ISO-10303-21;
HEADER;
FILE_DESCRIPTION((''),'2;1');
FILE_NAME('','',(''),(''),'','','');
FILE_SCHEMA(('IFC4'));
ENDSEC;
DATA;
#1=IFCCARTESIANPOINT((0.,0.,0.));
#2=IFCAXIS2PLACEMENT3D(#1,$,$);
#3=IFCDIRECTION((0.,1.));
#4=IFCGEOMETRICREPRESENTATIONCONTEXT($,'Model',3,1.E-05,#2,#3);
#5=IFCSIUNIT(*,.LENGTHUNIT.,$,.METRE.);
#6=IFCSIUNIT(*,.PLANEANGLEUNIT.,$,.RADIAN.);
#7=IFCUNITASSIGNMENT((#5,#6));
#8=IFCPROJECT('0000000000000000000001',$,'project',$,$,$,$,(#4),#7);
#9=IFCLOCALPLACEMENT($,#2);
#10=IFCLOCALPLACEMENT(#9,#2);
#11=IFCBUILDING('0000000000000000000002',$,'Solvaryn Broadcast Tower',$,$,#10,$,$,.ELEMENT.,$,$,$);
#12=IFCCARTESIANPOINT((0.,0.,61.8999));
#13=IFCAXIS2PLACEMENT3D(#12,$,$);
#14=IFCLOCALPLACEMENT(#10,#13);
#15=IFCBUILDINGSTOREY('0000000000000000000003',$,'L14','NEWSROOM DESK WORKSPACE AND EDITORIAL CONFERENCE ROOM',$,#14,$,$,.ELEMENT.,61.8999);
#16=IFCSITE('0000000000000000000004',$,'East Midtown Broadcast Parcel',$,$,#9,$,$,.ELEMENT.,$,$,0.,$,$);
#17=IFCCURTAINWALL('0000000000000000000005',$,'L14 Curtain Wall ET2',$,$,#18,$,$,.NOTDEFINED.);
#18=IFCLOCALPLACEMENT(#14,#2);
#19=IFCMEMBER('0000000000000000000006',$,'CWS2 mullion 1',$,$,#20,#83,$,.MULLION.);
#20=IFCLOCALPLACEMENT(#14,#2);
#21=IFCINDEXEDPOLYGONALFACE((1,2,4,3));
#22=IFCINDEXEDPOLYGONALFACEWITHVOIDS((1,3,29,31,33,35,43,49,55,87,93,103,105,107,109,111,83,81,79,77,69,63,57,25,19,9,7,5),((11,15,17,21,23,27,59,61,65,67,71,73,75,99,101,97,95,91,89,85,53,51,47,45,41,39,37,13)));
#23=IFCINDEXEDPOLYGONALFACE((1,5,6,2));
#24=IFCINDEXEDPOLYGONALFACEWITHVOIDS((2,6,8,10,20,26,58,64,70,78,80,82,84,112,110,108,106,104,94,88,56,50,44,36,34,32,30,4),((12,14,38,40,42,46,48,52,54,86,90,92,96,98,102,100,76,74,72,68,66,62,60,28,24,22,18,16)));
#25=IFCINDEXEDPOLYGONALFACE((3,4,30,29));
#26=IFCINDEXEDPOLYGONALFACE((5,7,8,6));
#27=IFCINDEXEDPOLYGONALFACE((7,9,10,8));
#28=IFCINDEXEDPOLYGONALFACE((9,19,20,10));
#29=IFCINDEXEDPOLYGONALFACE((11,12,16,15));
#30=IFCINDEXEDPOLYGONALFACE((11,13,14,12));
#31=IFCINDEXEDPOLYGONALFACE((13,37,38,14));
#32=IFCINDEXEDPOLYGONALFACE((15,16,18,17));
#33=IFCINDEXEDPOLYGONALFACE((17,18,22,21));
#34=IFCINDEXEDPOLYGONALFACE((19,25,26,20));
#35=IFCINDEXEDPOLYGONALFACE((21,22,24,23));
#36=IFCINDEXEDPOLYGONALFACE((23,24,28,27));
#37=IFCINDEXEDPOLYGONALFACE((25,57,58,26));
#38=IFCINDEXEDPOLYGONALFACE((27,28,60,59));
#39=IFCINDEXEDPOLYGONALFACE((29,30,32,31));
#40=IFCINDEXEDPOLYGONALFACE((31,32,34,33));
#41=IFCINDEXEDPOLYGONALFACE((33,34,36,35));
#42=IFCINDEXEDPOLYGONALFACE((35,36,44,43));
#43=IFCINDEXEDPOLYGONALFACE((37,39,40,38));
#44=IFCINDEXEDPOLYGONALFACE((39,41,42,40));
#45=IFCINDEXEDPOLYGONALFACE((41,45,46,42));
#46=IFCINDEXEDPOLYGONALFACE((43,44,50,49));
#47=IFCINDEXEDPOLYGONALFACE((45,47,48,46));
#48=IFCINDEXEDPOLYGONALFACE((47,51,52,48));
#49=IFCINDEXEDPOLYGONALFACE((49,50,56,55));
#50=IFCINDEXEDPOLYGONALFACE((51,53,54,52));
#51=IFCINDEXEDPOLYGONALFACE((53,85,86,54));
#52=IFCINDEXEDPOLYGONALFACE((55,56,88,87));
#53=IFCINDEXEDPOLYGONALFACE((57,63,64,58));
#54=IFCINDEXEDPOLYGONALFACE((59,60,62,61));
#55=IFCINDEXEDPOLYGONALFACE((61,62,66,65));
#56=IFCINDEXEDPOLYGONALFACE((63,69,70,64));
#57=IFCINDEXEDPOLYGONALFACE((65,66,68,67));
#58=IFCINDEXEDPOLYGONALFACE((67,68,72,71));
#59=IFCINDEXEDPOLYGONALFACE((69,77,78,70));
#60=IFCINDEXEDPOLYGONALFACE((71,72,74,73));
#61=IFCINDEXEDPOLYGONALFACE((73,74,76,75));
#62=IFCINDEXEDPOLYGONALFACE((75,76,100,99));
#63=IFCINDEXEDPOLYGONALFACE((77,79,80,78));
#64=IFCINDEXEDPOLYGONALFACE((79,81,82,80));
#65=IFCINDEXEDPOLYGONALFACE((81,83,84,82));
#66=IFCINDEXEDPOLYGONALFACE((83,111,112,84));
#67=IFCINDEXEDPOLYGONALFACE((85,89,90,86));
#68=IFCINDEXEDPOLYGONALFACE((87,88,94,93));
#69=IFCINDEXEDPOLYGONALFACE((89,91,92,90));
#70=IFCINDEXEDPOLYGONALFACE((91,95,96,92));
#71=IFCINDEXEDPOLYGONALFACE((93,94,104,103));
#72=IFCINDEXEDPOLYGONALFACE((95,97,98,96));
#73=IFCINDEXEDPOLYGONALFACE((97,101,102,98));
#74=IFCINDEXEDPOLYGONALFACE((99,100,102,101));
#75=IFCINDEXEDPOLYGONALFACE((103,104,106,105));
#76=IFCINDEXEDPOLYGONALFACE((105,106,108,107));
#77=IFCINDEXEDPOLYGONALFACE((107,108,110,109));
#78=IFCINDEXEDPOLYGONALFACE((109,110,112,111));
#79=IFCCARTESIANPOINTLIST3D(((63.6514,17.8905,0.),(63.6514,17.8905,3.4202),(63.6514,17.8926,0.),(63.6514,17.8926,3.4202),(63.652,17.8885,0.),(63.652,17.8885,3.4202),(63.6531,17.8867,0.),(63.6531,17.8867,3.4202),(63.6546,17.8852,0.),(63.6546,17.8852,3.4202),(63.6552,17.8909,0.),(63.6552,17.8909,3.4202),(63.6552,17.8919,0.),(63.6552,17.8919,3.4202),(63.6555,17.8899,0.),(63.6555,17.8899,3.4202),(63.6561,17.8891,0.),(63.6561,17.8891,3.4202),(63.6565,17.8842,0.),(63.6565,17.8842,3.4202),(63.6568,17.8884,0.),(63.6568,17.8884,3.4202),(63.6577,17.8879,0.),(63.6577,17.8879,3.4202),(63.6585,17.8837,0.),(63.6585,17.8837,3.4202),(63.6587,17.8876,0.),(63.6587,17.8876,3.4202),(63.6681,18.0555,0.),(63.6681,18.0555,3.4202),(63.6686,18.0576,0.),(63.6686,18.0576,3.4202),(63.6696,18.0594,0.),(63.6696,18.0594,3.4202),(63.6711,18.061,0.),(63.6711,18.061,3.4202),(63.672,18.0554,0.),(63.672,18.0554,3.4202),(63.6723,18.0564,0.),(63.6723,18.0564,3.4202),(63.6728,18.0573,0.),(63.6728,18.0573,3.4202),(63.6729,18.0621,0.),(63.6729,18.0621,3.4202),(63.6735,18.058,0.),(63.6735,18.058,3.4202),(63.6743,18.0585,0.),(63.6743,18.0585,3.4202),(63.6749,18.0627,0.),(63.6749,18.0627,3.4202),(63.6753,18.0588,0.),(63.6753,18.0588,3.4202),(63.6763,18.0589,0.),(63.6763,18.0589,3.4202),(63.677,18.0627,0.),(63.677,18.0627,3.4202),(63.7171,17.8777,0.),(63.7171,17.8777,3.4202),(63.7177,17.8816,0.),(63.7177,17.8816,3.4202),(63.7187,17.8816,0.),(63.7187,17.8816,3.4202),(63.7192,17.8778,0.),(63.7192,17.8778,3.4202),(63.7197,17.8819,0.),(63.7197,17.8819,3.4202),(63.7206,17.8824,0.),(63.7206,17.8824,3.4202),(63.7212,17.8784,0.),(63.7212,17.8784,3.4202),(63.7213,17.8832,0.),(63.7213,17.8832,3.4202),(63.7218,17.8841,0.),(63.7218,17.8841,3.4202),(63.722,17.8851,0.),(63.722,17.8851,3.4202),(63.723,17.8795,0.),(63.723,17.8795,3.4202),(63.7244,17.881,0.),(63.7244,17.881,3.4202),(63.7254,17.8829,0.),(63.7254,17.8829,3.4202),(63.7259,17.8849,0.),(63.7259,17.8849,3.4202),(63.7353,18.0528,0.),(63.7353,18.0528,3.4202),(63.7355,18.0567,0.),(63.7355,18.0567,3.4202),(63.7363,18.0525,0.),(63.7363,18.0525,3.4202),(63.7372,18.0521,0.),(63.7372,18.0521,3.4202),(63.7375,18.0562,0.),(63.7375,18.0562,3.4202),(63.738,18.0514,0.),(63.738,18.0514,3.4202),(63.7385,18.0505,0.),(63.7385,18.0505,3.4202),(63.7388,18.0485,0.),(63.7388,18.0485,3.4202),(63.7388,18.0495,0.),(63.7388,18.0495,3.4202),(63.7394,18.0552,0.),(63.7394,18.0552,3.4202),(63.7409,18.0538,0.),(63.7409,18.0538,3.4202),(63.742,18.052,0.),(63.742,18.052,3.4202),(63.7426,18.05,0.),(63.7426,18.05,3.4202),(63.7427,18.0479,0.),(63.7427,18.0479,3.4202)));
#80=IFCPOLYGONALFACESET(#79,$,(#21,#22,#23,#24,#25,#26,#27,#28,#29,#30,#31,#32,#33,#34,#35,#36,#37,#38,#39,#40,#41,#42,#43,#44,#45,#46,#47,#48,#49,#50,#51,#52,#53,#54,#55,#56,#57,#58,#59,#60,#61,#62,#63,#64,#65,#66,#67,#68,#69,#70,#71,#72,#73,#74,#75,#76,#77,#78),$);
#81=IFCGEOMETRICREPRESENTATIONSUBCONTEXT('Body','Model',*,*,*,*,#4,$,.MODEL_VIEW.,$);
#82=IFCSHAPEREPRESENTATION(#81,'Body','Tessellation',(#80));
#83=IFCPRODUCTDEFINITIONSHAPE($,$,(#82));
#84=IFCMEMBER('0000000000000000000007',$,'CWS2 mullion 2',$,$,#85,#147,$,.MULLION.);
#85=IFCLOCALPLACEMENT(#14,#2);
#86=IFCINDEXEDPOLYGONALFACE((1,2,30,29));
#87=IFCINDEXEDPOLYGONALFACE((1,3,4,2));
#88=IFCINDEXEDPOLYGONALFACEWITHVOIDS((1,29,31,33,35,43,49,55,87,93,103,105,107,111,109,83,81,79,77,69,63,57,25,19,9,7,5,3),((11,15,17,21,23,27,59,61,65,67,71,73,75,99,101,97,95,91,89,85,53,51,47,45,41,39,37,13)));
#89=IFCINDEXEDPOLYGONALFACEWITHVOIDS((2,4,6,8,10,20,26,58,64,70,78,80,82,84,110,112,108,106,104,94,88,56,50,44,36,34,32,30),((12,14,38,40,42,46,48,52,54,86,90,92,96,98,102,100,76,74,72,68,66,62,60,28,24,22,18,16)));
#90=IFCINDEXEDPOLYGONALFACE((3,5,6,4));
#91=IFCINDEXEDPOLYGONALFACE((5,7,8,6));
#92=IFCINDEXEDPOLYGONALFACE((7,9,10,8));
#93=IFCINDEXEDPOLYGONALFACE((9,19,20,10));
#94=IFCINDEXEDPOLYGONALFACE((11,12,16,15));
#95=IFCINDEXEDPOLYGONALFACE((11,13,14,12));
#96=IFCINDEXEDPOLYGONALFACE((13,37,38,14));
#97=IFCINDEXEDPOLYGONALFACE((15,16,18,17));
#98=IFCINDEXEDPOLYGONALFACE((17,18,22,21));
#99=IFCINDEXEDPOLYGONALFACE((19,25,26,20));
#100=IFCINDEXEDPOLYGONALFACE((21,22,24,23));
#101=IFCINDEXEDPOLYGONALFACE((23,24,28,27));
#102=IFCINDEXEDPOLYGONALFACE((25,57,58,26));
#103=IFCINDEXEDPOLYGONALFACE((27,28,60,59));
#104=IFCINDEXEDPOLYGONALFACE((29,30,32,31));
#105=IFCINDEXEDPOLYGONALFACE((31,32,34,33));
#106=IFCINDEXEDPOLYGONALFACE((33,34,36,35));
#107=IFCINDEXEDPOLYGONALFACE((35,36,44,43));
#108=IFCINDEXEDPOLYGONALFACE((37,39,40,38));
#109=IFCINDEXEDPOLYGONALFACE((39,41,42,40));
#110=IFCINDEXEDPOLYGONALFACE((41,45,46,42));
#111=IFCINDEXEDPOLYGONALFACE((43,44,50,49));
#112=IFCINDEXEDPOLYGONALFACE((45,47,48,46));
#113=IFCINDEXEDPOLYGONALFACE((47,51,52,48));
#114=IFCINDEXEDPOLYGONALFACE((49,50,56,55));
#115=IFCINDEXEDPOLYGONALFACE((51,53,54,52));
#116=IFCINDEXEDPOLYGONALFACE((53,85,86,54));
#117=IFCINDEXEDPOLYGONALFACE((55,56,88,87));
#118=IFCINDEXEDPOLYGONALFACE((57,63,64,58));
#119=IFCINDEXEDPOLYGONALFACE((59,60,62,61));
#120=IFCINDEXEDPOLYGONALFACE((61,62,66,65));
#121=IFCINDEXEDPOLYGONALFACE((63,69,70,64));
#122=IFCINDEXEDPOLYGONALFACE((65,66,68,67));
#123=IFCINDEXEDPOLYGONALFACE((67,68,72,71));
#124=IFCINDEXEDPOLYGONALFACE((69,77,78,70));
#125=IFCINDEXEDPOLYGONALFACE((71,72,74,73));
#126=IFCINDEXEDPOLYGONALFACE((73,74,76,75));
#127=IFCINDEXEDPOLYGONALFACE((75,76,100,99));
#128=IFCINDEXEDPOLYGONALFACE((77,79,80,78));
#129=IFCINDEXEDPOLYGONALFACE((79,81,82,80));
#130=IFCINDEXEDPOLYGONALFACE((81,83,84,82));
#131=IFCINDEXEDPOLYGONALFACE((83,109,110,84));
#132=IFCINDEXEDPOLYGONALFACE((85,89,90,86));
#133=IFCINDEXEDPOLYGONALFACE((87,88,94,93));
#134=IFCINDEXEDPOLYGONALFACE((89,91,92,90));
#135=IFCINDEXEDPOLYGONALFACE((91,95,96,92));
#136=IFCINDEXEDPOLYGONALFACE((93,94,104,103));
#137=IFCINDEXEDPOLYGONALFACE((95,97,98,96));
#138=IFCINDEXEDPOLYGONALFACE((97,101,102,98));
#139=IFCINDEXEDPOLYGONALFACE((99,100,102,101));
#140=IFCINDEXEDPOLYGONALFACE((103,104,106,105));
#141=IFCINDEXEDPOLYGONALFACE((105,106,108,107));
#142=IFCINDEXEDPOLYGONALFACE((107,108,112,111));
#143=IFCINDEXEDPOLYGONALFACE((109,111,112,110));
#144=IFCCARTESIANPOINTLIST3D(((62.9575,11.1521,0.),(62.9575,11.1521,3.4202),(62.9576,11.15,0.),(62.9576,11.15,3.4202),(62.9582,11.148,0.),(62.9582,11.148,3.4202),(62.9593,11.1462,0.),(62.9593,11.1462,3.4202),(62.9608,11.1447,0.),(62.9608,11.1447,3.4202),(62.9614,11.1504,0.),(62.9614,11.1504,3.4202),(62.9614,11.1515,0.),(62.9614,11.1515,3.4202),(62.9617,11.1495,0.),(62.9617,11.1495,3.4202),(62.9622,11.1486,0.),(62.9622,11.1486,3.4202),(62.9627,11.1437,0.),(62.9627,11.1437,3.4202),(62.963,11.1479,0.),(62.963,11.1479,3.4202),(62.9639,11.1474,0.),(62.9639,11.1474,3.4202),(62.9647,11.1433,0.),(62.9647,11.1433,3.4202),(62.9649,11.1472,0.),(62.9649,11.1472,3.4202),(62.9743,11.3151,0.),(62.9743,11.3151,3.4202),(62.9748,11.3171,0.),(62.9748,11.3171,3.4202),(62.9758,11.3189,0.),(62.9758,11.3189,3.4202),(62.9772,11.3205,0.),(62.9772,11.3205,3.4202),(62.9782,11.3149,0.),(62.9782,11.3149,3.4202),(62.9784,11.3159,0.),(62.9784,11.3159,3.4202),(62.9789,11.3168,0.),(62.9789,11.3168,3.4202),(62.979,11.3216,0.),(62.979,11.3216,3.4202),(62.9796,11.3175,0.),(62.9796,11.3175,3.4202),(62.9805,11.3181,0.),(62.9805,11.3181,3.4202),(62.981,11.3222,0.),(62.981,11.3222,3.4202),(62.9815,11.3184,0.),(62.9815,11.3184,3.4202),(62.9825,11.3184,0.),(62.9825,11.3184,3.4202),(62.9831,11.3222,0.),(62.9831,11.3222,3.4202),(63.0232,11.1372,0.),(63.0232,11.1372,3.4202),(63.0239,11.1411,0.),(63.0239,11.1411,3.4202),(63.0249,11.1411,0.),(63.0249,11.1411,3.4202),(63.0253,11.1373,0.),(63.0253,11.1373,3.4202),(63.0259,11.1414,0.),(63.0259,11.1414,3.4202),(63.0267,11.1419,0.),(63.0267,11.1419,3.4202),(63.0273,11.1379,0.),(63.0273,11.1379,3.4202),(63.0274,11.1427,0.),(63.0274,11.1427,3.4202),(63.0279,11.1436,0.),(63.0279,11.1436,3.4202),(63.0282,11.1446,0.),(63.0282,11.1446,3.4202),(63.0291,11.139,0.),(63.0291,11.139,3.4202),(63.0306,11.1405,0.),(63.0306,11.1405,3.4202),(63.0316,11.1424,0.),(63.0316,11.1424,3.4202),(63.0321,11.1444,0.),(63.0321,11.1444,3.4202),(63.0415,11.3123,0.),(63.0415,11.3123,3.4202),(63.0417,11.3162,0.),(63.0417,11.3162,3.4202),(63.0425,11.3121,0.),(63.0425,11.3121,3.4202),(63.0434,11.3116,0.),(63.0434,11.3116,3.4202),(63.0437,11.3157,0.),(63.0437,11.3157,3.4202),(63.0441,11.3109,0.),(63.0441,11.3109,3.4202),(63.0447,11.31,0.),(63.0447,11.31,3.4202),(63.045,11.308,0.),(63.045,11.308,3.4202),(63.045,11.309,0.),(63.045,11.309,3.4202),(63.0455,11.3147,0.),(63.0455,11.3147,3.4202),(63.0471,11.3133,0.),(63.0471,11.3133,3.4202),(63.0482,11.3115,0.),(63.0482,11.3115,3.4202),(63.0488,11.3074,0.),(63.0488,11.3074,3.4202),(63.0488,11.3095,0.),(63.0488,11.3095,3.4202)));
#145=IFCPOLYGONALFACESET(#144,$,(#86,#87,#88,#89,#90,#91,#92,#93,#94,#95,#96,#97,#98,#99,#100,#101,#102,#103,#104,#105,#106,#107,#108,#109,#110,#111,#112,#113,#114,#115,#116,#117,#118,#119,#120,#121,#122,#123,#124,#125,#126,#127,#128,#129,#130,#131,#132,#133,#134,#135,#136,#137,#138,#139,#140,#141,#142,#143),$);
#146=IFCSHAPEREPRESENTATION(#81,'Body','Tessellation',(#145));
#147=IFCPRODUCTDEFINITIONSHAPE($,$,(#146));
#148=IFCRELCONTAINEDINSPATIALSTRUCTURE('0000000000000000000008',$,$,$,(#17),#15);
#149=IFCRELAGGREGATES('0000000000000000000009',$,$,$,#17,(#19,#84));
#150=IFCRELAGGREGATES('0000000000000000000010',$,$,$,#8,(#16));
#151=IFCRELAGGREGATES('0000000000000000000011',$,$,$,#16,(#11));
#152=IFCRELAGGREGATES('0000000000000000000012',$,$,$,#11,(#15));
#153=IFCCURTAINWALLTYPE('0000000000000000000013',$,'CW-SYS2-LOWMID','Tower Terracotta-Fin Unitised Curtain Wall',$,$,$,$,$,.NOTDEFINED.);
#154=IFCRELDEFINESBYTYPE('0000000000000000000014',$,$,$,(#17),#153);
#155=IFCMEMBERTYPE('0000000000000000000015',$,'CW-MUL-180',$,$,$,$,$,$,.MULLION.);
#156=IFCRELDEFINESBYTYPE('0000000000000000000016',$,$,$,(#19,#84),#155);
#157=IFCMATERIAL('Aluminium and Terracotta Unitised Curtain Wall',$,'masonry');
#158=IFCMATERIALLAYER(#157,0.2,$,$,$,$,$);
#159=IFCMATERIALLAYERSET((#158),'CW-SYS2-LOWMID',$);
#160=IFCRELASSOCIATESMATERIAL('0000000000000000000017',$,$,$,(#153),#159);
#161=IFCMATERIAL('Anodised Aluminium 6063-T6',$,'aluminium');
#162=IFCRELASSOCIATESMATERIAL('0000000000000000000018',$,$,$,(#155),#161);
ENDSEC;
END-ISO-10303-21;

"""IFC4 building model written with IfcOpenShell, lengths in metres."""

from ifc_helpers import new_model, si_unit, direction, frame, origin, origin_2d, place, context, subcontext, project, spatial, hollow_rectangle, extrude, material, layer, layer_set, material_profile, profile_set, type_object, element, aggregate, save


model = new_model("IFC4")

# Units and contexts
model_context = context("Model", 3, precision=1e-05, world=origin(), true_north=direction((0.0, 1.0)))
body_context = subcontext(model_context, "Body", "Model", "MODEL_VIEW")
ifc_project = project(units=[si_unit("LENGTHUNIT", "METRE"), si_unit("PLANEANGLEUNIT", "RADIAN")], contexts=[model_context])

# Site, building, storey
site_placement = place(None, origin())
site = spatial("IfcSite", under=ifc_project, at=site_placement, Name="East Midtown Broadcast Parcel", CompositionType="ELEMENT", RefElevation=0.0)
building_placement = place(site_placement, origin())
building = spatial("IfcBuilding", under=site, at=building_placement, Name="Solvaryn Broadcast Tower", CompositionType="ELEMENT")
storey_placement = place(building_placement, frame((0.0, 0.0, 61.8999)))
storey = spatial("IfcBuildingStorey", under=building, at=storey_placement, Name="L14", Description="NEWSROOM DESK WORKSPACE AND EDITORIAL CONFERENCE ROOM", CompositionType="ELEMENT", Elevation=61.8999)

# Shared definitions
ifc_material_1 = material(Name="Aluminium and Terracotta Unitised Curtain Wall", Category="masonry")
ifc_layer_1 = layer(ifc_material_1, 0.2)
ifc_layer_set_1 = layer_set([ifc_layer_1], Name="CW-SYS2-LOWMID")
curtain_wall_type = type_object("IfcCurtainWallType", Name="CW-SYS2-LOWMID", Description="Tower Terracotta-Fin Unitised Curtain Wall", PredefinedType="NOTDEFINED", material=ifc_layer_set_1)
ifc_material_2 = material(Name="Anodised Aluminium 6063-T6", Category="aluminium")
ifc_material_profile_1 = material_profile(ifc_material_2, hollow_rectangle(XDim=0.075, YDim=0.1799, WallThickness=0.0039, InnerFilletRadius=0.0039, OuterFilletRadius=0.0081, at=origin_2d()))
ifc_profile_set_1 = profile_set([ifc_material_profile_1], Name="Anodised Aluminium 6063-T6")
member_type_1 = type_object("IfcMemberType", Name="CW-MUL-180", PredefinedType="MULLION", material=ifc_profile_set_1)

# Curtain wall, members
curtain_wall_1_placement = place(storey_placement, origin())
curtain_wall_1 = element("IfcCurtainWall", 1, at=curtain_wall_1_placement, inside=storey, type_object=curtain_wall_type, Name="L14 Curtain Wall ET2", PredefinedType="NOTDEFINED")
member_1_placement = place(storey_placement, frame((63.697, 17.9702, 0.0), z_axis=(0.0, 0.0, 1.0), x_axis=(0.994743, -0.1024, 0.0)))
member_1 = element("IfcMember", 2, at=member_1_placement, type_object=member_type_1, Name="CWS2 mullion 1", PredefinedType="MULLION", context=body_context, shape_type="SweptSolid", body=[
    extrude(hollow_rectangle(XDim=0.075, YDim=0.1799, WallThickness=0.0039, InnerFilletRadius=0.0039, OuterFilletRadius=0.0081, at=origin_2d()), origin(), (0.0, 0.0, 1.0), 3.4202),
])
member_2_placement = place(storey_placement, frame((63.0032, 11.2297, 0.0), z_axis=(0.0, 0.0, 1.0), x_axis=(0.994743, -0.1024, 0.0)))
member_2 = element("IfcMember", 3, at=member_2_placement, type_object=member_type_1, Name="CWS2 mullion 2", PredefinedType="MULLION", context=body_context, shape_type="SweptSolid", body=[
    extrude(hollow_rectangle(XDim=0.075, YDim=0.1799, WallThickness=0.0039, InnerFilletRadius=0.0039, OuterFilletRadius=0.0081, at=origin_2d()), origin(), (0.0, 0.0, 1.0), 3.4202),
])

aggregate(curtain_wall_1, [member_1, member_2])

save(model, "model.ifc")
